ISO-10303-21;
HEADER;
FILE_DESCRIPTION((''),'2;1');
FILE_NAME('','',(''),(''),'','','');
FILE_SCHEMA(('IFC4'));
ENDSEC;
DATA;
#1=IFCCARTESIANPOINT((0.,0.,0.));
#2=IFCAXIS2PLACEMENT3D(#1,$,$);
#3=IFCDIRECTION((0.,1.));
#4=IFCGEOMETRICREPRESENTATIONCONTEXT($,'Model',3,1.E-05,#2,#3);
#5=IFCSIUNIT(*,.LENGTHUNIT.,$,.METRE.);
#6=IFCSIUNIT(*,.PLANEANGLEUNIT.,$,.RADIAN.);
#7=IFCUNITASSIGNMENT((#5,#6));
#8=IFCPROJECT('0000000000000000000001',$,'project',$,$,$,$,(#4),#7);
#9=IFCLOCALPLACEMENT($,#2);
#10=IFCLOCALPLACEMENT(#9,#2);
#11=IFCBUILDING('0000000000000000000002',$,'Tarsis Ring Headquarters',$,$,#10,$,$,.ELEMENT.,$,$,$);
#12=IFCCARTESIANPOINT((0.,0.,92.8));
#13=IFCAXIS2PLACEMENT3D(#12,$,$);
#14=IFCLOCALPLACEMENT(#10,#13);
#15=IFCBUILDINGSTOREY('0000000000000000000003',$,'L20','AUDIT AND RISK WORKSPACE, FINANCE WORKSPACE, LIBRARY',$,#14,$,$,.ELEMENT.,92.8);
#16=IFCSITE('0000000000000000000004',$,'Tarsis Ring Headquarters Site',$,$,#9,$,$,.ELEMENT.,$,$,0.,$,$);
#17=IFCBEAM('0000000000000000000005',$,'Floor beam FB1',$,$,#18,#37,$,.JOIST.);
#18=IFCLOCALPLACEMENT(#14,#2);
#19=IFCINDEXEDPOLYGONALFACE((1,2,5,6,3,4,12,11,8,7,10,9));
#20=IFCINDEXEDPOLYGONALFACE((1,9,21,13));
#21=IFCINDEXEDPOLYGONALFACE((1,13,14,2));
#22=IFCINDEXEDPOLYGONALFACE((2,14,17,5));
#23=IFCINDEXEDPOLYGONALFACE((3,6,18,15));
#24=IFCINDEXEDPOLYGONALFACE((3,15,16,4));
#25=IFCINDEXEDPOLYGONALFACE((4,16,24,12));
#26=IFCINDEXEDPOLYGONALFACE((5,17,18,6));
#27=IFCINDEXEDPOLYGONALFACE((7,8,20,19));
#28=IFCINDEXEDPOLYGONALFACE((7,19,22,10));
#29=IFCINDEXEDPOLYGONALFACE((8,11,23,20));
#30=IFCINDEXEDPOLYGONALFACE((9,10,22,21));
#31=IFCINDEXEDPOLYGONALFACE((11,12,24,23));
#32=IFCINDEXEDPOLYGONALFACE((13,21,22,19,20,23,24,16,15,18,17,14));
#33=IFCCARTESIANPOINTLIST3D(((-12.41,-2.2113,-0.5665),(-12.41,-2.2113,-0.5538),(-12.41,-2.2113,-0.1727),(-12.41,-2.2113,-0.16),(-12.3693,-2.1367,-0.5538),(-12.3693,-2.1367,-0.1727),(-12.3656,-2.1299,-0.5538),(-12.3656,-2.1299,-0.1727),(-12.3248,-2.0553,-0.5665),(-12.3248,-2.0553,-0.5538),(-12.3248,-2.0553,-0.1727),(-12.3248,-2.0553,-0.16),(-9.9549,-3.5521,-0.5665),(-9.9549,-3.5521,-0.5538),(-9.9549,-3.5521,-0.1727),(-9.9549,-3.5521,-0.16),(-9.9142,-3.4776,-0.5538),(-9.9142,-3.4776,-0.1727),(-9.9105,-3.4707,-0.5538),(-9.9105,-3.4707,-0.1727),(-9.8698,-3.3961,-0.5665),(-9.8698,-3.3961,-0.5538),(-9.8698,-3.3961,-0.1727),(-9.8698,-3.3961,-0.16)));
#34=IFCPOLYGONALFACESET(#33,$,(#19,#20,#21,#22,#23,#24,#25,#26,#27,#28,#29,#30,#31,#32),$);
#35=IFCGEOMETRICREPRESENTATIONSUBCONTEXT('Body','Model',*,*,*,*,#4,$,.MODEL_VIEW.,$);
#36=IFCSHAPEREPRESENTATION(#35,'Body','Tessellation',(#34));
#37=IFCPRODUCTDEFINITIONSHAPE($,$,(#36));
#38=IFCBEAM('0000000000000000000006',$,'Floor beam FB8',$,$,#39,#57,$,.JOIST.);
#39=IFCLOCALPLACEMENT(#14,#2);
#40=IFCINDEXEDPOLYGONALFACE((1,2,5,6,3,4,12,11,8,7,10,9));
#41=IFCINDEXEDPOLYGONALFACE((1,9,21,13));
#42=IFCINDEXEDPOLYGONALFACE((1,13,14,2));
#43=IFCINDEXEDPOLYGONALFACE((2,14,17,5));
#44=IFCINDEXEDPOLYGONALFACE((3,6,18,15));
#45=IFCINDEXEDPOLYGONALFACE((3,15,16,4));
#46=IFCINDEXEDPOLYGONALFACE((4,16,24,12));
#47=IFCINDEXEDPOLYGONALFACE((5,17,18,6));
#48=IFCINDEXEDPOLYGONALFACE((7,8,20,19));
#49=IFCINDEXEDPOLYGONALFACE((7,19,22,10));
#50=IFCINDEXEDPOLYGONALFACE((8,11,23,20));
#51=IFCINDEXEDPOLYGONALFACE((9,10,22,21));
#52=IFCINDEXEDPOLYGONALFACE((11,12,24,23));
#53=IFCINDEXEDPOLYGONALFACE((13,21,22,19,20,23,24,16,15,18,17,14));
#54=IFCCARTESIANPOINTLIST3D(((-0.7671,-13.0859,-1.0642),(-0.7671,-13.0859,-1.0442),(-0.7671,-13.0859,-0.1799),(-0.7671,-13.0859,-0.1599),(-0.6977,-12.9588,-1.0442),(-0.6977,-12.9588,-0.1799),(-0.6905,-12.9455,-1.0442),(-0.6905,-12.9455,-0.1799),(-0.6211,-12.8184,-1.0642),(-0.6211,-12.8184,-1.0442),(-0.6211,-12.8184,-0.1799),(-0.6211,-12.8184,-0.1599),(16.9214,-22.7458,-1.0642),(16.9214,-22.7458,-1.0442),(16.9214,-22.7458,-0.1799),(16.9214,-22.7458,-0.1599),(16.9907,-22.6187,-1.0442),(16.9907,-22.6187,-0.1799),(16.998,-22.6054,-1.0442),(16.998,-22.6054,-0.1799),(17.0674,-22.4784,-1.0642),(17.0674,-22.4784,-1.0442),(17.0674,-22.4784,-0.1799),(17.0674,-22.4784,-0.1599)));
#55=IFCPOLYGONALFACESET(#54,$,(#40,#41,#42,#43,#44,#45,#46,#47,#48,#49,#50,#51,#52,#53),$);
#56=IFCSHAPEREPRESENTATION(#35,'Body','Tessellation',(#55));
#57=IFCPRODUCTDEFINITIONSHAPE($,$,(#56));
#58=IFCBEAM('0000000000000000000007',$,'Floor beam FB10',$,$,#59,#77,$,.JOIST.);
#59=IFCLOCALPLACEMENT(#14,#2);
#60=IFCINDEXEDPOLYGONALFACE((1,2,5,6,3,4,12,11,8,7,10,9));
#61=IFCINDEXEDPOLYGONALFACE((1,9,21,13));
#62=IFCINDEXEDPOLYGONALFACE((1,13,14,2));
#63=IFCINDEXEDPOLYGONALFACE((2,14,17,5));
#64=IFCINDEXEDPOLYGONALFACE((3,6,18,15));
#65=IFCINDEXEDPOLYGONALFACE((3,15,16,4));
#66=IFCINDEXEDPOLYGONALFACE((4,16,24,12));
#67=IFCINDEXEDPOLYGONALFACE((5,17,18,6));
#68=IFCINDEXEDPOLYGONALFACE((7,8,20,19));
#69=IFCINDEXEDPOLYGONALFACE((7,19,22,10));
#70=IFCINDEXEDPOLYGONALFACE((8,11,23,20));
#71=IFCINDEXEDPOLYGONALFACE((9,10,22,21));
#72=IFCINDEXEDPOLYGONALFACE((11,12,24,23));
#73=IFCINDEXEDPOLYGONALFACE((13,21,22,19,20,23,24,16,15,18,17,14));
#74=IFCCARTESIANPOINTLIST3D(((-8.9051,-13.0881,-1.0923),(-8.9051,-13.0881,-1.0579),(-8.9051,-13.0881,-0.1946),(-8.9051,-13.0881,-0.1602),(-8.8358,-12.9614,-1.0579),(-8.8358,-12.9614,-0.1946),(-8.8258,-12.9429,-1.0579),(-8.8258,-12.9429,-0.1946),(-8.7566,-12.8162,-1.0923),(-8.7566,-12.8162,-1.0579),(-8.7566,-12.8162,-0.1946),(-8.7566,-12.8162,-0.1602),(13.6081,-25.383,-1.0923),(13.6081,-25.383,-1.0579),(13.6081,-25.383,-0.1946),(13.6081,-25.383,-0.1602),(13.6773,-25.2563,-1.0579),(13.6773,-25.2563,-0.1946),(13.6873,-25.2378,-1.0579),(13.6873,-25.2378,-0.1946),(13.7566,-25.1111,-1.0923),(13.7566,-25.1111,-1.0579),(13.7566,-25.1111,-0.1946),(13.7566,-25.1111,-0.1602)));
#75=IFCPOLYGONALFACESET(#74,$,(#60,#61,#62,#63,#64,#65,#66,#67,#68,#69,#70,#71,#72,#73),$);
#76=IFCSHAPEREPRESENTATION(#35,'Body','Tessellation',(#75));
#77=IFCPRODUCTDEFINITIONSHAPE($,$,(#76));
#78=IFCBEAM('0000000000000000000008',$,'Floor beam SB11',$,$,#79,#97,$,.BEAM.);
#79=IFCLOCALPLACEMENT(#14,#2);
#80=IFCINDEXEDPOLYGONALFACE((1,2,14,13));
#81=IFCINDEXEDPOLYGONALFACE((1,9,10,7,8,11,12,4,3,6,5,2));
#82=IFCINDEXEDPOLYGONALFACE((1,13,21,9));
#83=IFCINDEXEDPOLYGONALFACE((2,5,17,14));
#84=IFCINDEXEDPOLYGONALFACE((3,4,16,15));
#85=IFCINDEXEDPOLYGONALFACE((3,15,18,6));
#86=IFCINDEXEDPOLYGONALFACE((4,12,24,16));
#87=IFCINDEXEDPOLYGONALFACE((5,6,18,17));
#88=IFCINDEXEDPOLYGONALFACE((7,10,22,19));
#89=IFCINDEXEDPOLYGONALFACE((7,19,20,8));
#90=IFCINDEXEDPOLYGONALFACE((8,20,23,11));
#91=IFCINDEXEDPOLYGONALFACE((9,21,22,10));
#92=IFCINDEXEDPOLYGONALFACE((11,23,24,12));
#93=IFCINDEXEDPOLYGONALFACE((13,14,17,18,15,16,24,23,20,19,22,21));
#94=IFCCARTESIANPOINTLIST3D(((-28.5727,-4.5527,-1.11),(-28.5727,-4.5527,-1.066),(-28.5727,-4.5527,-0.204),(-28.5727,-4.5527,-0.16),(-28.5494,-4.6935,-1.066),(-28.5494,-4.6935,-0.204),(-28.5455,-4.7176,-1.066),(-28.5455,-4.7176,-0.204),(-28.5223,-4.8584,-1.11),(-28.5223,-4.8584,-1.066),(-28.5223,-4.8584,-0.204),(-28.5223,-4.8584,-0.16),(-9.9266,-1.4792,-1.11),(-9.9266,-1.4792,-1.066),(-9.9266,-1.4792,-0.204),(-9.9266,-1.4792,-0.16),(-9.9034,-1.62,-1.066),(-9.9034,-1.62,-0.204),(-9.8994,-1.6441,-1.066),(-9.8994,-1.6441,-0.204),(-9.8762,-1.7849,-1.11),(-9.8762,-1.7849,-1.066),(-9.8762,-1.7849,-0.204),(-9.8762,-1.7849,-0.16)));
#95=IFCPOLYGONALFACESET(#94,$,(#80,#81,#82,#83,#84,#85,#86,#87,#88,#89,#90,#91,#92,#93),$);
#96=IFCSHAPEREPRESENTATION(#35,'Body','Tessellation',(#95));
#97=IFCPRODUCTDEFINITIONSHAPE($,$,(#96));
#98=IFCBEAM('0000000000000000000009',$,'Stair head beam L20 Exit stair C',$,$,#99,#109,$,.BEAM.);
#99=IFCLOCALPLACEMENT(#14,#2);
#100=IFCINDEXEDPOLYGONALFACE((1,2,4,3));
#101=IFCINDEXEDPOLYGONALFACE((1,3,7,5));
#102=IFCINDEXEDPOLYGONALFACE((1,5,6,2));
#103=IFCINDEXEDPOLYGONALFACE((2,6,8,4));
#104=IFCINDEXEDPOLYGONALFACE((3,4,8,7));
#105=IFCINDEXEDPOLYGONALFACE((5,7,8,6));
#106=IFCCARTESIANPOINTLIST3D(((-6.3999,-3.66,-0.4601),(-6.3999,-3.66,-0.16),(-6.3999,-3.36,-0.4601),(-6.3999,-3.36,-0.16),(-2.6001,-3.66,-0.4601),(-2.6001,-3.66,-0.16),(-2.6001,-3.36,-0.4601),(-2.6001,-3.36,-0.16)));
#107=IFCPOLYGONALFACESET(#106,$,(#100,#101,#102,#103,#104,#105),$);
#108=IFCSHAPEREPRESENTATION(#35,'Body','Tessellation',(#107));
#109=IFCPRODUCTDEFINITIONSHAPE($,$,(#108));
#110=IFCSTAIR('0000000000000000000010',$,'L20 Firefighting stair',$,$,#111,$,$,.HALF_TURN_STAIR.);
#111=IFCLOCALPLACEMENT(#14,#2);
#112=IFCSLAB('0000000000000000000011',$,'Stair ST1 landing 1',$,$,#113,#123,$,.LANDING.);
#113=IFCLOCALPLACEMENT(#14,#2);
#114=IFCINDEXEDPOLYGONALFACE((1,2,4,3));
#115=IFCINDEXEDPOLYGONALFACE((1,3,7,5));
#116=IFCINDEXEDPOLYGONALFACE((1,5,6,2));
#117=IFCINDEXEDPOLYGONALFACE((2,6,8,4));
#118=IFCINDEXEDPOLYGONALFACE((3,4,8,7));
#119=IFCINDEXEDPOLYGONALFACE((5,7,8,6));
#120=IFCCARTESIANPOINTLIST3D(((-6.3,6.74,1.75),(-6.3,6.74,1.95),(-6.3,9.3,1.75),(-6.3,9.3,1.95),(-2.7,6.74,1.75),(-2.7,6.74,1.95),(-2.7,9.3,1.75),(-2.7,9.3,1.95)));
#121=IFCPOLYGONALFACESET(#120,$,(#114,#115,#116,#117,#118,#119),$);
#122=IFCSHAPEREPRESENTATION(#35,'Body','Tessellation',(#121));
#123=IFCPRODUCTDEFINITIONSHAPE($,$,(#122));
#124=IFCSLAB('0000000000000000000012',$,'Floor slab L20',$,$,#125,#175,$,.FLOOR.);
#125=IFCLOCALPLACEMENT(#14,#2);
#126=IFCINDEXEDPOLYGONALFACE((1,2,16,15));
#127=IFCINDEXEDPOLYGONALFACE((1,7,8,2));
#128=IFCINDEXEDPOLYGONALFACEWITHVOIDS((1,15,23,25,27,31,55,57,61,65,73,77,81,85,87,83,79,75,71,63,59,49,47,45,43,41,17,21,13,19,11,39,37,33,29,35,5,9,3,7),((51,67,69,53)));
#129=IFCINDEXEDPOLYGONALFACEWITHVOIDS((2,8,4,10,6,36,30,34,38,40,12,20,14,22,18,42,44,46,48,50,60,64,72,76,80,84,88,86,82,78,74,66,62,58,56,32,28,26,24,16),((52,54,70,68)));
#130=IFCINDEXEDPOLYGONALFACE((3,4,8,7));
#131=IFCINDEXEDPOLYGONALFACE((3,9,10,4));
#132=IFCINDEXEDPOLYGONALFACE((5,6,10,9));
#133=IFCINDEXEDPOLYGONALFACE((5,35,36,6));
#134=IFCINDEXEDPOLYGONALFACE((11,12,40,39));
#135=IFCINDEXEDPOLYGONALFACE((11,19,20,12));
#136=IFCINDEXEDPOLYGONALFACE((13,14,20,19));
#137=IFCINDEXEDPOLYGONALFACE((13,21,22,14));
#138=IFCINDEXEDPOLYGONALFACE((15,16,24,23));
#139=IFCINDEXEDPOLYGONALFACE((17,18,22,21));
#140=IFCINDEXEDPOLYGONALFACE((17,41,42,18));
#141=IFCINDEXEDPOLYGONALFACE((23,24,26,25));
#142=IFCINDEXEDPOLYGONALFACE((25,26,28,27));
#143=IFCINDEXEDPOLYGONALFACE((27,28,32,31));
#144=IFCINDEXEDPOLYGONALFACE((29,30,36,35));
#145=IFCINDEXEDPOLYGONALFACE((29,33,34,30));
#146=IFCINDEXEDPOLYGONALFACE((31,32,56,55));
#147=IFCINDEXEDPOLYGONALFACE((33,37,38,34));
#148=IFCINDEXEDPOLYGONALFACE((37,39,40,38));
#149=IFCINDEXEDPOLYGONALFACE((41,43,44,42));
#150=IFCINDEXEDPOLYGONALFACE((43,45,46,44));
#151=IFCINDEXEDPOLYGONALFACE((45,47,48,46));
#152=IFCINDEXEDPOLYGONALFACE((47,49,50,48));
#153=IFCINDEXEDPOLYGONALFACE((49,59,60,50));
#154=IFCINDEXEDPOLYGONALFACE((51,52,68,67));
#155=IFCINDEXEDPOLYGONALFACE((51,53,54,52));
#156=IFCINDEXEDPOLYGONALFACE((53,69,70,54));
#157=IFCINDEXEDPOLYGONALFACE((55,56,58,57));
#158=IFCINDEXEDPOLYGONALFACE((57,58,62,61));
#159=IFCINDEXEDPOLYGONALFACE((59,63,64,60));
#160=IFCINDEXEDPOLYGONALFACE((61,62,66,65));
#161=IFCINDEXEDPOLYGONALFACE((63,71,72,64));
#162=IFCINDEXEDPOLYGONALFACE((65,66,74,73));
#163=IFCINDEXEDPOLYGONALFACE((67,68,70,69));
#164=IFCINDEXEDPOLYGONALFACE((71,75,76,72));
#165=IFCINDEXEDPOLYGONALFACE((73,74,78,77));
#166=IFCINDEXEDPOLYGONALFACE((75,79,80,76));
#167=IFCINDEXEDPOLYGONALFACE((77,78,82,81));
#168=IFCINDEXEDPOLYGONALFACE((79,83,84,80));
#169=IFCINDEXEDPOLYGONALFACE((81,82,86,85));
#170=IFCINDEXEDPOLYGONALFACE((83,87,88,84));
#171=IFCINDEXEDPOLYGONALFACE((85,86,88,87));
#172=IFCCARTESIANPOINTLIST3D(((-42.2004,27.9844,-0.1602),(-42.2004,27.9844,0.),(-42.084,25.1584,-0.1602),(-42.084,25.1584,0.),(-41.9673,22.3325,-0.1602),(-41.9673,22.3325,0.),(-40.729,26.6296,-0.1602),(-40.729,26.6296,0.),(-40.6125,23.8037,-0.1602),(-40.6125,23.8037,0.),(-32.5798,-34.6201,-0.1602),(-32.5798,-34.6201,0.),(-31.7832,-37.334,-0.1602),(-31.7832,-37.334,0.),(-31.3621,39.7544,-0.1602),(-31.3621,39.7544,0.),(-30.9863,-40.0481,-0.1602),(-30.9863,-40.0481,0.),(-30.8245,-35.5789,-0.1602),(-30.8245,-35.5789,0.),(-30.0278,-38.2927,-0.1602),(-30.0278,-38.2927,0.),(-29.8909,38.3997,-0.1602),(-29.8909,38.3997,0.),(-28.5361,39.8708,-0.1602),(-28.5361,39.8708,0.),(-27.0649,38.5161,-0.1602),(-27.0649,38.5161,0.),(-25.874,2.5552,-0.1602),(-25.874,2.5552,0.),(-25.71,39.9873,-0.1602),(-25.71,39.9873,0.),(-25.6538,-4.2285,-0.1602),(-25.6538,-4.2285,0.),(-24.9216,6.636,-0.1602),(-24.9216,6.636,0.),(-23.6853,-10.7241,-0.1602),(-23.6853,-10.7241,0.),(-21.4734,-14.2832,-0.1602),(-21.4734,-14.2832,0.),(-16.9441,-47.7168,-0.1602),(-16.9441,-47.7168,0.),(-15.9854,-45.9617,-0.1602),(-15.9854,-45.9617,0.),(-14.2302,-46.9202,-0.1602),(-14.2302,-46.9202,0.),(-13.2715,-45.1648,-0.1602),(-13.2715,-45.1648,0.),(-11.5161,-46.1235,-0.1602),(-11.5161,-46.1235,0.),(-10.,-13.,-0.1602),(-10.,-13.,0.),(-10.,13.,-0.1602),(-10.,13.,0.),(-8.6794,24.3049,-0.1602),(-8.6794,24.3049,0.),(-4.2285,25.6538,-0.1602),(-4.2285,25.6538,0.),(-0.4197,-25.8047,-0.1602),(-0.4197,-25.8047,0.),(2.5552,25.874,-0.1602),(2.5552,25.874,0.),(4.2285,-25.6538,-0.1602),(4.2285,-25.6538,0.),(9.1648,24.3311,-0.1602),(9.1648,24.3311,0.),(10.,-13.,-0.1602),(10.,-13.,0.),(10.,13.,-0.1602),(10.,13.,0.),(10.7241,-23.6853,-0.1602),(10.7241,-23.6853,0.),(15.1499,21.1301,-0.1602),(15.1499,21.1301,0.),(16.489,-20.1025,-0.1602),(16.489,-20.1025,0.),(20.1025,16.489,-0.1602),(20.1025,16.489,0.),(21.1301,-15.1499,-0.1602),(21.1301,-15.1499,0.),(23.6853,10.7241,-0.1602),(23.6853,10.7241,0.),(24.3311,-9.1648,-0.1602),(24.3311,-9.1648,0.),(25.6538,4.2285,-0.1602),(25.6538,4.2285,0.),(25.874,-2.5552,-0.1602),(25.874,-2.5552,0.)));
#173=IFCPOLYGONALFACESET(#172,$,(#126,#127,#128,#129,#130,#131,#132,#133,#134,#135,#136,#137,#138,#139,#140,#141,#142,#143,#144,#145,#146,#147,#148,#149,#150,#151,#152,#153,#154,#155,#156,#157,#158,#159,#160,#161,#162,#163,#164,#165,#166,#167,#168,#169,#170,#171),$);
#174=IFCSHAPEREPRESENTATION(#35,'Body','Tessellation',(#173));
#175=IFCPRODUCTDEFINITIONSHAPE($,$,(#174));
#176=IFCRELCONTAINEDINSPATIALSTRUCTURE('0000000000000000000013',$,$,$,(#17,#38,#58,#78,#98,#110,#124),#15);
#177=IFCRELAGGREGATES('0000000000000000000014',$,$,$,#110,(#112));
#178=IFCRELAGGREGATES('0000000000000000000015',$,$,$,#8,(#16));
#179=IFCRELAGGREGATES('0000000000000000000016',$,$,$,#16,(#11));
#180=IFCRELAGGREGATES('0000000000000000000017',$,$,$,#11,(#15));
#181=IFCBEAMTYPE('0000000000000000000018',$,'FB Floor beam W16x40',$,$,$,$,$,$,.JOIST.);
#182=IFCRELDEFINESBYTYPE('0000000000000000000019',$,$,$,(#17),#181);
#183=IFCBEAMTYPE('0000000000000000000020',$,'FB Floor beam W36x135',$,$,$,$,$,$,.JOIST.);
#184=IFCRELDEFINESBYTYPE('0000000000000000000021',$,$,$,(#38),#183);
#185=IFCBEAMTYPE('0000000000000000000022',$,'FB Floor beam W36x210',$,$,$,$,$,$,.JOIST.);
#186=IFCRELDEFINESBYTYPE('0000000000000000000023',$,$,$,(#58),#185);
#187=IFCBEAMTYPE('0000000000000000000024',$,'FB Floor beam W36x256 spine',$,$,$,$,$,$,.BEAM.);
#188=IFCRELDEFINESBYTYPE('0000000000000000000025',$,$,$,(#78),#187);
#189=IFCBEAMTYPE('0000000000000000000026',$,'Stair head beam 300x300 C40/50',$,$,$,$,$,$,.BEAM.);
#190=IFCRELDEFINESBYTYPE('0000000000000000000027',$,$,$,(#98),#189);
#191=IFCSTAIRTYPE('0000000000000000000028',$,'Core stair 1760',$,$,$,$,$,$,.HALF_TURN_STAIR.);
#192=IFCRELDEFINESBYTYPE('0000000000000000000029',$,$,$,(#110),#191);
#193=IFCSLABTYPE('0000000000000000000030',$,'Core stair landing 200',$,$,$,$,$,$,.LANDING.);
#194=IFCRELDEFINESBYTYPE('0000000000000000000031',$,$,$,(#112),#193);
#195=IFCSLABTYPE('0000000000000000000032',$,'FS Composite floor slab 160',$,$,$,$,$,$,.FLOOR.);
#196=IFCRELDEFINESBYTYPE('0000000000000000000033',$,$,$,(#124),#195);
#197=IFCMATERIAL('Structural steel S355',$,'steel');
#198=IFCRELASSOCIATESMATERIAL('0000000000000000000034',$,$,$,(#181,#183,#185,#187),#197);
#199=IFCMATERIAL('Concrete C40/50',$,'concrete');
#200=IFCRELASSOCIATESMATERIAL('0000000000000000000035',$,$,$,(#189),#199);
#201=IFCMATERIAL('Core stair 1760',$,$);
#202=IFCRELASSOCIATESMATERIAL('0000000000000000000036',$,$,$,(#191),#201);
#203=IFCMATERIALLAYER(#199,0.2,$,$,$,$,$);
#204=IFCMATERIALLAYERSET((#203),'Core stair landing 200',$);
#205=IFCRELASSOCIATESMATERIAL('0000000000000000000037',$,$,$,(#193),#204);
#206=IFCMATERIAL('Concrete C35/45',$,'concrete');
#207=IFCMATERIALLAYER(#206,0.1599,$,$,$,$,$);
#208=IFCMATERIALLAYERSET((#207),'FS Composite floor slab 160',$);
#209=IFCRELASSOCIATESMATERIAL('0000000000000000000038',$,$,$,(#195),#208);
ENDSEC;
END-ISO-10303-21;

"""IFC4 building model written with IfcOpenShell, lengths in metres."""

from ifc_helpers import new_model, si_unit, direction, frame, origin, origin_2d, place, context, subcontext, project, spatial, polyline, rectangle, i_section, outline, extrude, material, layer, layer_set, material_profile, profile_set, type_object, element, aggregate, save


model = new_model("IFC4")

# Units and contexts
model_context = context("Model", 3, precision=1e-05, world=origin(), true_north=direction((0.0, 1.0)))
body_context = subcontext(model_context, "Body", "Model", "MODEL_VIEW")
ifc_project = project(units=[si_unit("LENGTHUNIT", "METRE"), si_unit("PLANEANGLEUNIT", "RADIAN")], contexts=[model_context])

# Site, building, storey
site_placement = place(None, origin())
site = spatial("IfcSite", under=ifc_project, at=site_placement, Name="Tarsis Ring Headquarters Site", CompositionType="ELEMENT", RefElevation=0.0)
building_placement = place(site_placement, origin())
building = spatial("IfcBuilding", under=site, at=building_placement, Name="Tarsis Ring Headquarters", CompositionType="ELEMENT")
storey_placement = place(building_placement, frame((0.0, 0.0, 92.8)))
storey = spatial("IfcBuildingStorey", under=building, at=storey_placement, Name="L20", Description="AUDIT AND RISK WORKSPACE, FINANCE WORKSPACE, LIBRARY", CompositionType="ELEMENT", Elevation=92.8)

# Beams
ifc_material_1 = material(Name="Structural steel S355", Category="steel")
ifc_material_profile_1 = material_profile(ifc_material_1, i_section(OverallWidth=0.1777, OverallDepth=0.4065, WebThickness=0.0078, FlangeThickness=0.0127, at=origin_2d()), Name="W16x40")
ifc_profile_set_1 = profile_set([ifc_material_profile_1], Name="Structural steel S355")
beam_type_1 = type_object("IfcBeamType", Name="FB Floor beam W16x40", PredefinedType="JOIST", material=ifc_profile_set_1)
beam_1_placement = place(storey_placement, frame((-12.3674, -2.1333, -0.3633), z_axis=(0.877642, -0.479317, 0.0), x_axis=(0.479317, 0.877642, 0.0)))
element("IfcBeam", 1, at=beam_1_placement, inside=storey, type_object=beam_type_1, Name="Floor beam FB1", PredefinedType="JOIST", context=body_context, shape_type="SweptSolid", body=[
    extrude(i_section(OverallWidth=0.1777, OverallDepth=0.4065, WebThickness=0.0078, FlangeThickness=0.0127, at=origin_2d()), origin(), (0.0, 0.0, 1.0), 2.7974),
])
ifc_material_profile_2 = material_profile(ifc_material_1, i_section(OverallWidth=0.3047, OverallDepth=0.9043, WebThickness=0.0151, FlangeThickness=0.02, at=origin_2d()), Name="W36x135")
ifc_profile_set_2 = profile_set([ifc_material_profile_2], Name="Structural steel S355")
beam_type_2 = type_object("IfcBeamType", Name="FB Floor beam W36x135", PredefinedType="JOIST", material=ifc_profile_set_2)
beam_2_placement = place(storey_placement, frame((-0.6941, -12.9521, -0.6121), z_axis=(0.877652, -0.479298, 0.0), x_axis=(0.479298, 0.877652, 0.0)))
element("IfcBeam", 2, at=beam_2_placement, inside=storey, type_object=beam_type_2, Name="Floor beam FB8", PredefinedType="JOIST", context=body_context, shape_type="SweptSolid", body=[
    extrude(i_section(OverallWidth=0.3047, OverallDepth=0.9043, WebThickness=0.0151, FlangeThickness=0.02, at=origin_2d()), origin(), (0.0, 0.0, 1.0), 20.1543),
])
ifc_material_profile_3 = material_profile(ifc_material_1, i_section(OverallWidth=0.3098, OverallDepth=0.9321, WebThickness=0.021, FlangeThickness=0.0344, at=origin_2d()), Name="W36x210")
ifc_profile_set_3 = profile_set([ifc_material_profile_3], Name="Structural steel S355")
beam_type_3 = type_object("IfcBeamType", Name="FB Floor beam W36x210", PredefinedType="JOIST", material=ifc_profile_set_3)
beam_3_placement = place(storey_placement, frame((-8.8308, -12.9521, -0.6262), z_axis=(0.87765, -0.479303, 0.0), x_axis=(0.479303, 0.87765, 0.0)))
element("IfcBeam", 3, at=beam_3_placement, inside=storey, type_object=beam_type_3, Name="Floor beam FB10", PredefinedType="JOIST", context=body_context, shape_type="SweptSolid", body=[
    extrude(i_section(OverallWidth=0.3098, OverallDepth=0.9321, WebThickness=0.021, FlangeThickness=0.0344, at=origin_2d()), origin(), (0.0, 0.0, 1.0), 25.6516),
])
ifc_material_profile_4 = material_profile(ifc_material_1, i_section(OverallWidth=0.3098, OverallDepth=0.95, WebThickness=0.0244, FlangeThickness=0.0439, at=origin_2d()), Name="W36x256")
ifc_profile_set_4 = profile_set([ifc_material_profile_4], Name="Structural steel S355")
beam_type_4 = type_object("IfcBeamType", Name="FB Floor beam W36x256 spine", PredefinedType="BEAM", material=ifc_profile_set_4)
beam_4_placement = place(storey_placement, frame((-9.9014, -1.6321, -0.635), z_axis=(-0.986686, -0.162639, 0.0), x_axis=(0.162639, -0.986686, 0.0)))
element("IfcBeam", 4, at=beam_4_placement, inside=storey, type_object=beam_type_4, Name="Floor beam SB11", PredefinedType="BEAM", context=body_context, shape_type="SweptSolid", body=[
    extrude(i_section(OverallWidth=0.3098, OverallDepth=0.95, WebThickness=0.0244, FlangeThickness=0.0439, at=origin_2d()), origin(), (0.0, 0.0, 1.0), 18.8977),
])
ifc_material_2 = material(Name="Concrete C40/50", Category="concrete")
ifc_material_profile_5 = material_profile(ifc_material_2, rectangle(XDim=0.3, YDim=0.3, at=origin_2d()), Name="Stair head beam 300x300 C40/50")
ifc_profile_set_5 = profile_set([ifc_material_profile_5], Name="Concrete C40/50")
beam_type_5 = type_object("IfcBeamType", Name="Stair head beam 300x300 C40/50", PredefinedType="BEAM", material=ifc_profile_set_5)
beam_5_placement = place(storey_placement, frame((-6.3999, -3.51, -0.3101), z_axis=(1.0, 0.0, 0.0), x_axis=(0.0, 1.0, 0.0)))
element("IfcBeam", 5, at=beam_5_placement, inside=storey, type_object=beam_type_5, Name="Stair head beam L20 Exit stair C", PredefinedType="BEAM", context=body_context, shape_type="SweptSolid", body=[
    extrude(rectangle(XDim=0.3, YDim=0.3, at=origin_2d()), origin(), (0.0, 0.0, 1.0), 3.7998),
])

# Stair, slab
ifc_material_3 = material(Name="Core stair 1760")
stair_type = type_object("IfcStairType", Name="Core stair 1760", PredefinedType="HALF_TURN_STAIR", material=ifc_material_3)
stair_placement = place(storey_placement, origin())
stair = element("IfcStair", 6, at=stair_placement, inside=storey, type_object=stair_type, Name="L20 Firefighting stair", PredefinedType="HALF_TURN_STAIR")
ifc_layer_1 = layer(ifc_material_2, 0.2)
ifc_layer_set_1 = layer_set([ifc_layer_1], Name="Core stair landing 200")
slab_type_1 = type_object("IfcSlabType", Name="Core stair landing 200", PredefinedType="LANDING", material=ifc_layer_set_1)
slab_1_placement = place(storey_placement, frame((0.0, 0.0, 1.75)))
slab_1 = element("IfcSlab", 7, at=slab_1_placement, type_object=slab_type_1, Name="Stair ST1 landing 1", PredefinedType="LANDING", context=body_context, shape_type="SweptSolid", body=[
    extrude(outline(polyline([(-2.7, 6.74), (-2.7, 9.3), (-6.3, 9.3), (-6.3, 6.74), (-2.7, 6.74)])), origin(), (0.0, 0.0, 1.0), 0.2),
])
aggregate(stair, [slab_1])

# Slab
ifc_material_4 = material(Name="Concrete C35/45", Category="concrete")
ifc_layer_2 = layer(ifc_material_4, 0.1599)
ifc_layer_set_2 = layer_set([ifc_layer_2], Name="FS Composite floor slab 160")
slab_type_2 = type_object("IfcSlabType", Name="FS Composite floor slab 160", PredefinedType="FLOOR", material=ifc_layer_set_2)
slab_2_placement = place(storey_placement, frame((0.0, 0.0, -0.1602)))
element("IfcSlab", 8, at=slab_2_placement, inside=storey, type_object=slab_type_2, Name="Floor slab L20", PredefinedType="FLOOR", context=body_context, shape_type="SweptSolid", body=[
    extrude(outline(polyline([(-24.9216, 6.636), (-25.874, 2.5552), (-25.6538, -4.2285), (-23.6853, -10.7241), (-21.4734, -14.2832), (-32.5798, -34.6201), (-30.8245, -35.5789), (-31.7832, -37.334), (-30.0278, -38.2927), (-30.9863, -40.0481), (-16.9441, -47.7168), (-15.9854, -45.9617), (-14.2302, -46.9202), (-13.2715, -45.1648), (-11.5161, -46.1235), (-0.4197, -25.8047), (4.2285, -25.6538), (10.7241, -23.6853), (16.489, -20.1025), (21.1301, -15.1499), (24.3311, -9.1648), (25.874, -2.5552), (25.6538, 4.2285), (23.6853, 10.7241), (20.1025, 16.489), (15.1499, 21.1301), (9.1648, 24.3311), (2.5552, 25.874), (-4.2285, 25.6538), (-8.6794, 24.3049), (-25.71, 39.9873), (-27.0649, 38.5161), (-28.5361, 39.8708), (-29.8909, 38.3997), (-31.3621, 39.7544), (-42.2004, 27.9844), (-40.729, 26.6296), (-42.084, 25.1584), (-40.6125, 23.8037), (-41.9673, 22.3325), (-24.9216, 6.636)]), holes=[polyline([(-10.0, -13.0), (-10.0, 13.0), (10.0, 13.0), (10.0, -13.0), (-10.0, -13.0)])]), origin(), (0.0, 0.0, 1.0), 0.1602),
])

save(model, "model.ifc")
